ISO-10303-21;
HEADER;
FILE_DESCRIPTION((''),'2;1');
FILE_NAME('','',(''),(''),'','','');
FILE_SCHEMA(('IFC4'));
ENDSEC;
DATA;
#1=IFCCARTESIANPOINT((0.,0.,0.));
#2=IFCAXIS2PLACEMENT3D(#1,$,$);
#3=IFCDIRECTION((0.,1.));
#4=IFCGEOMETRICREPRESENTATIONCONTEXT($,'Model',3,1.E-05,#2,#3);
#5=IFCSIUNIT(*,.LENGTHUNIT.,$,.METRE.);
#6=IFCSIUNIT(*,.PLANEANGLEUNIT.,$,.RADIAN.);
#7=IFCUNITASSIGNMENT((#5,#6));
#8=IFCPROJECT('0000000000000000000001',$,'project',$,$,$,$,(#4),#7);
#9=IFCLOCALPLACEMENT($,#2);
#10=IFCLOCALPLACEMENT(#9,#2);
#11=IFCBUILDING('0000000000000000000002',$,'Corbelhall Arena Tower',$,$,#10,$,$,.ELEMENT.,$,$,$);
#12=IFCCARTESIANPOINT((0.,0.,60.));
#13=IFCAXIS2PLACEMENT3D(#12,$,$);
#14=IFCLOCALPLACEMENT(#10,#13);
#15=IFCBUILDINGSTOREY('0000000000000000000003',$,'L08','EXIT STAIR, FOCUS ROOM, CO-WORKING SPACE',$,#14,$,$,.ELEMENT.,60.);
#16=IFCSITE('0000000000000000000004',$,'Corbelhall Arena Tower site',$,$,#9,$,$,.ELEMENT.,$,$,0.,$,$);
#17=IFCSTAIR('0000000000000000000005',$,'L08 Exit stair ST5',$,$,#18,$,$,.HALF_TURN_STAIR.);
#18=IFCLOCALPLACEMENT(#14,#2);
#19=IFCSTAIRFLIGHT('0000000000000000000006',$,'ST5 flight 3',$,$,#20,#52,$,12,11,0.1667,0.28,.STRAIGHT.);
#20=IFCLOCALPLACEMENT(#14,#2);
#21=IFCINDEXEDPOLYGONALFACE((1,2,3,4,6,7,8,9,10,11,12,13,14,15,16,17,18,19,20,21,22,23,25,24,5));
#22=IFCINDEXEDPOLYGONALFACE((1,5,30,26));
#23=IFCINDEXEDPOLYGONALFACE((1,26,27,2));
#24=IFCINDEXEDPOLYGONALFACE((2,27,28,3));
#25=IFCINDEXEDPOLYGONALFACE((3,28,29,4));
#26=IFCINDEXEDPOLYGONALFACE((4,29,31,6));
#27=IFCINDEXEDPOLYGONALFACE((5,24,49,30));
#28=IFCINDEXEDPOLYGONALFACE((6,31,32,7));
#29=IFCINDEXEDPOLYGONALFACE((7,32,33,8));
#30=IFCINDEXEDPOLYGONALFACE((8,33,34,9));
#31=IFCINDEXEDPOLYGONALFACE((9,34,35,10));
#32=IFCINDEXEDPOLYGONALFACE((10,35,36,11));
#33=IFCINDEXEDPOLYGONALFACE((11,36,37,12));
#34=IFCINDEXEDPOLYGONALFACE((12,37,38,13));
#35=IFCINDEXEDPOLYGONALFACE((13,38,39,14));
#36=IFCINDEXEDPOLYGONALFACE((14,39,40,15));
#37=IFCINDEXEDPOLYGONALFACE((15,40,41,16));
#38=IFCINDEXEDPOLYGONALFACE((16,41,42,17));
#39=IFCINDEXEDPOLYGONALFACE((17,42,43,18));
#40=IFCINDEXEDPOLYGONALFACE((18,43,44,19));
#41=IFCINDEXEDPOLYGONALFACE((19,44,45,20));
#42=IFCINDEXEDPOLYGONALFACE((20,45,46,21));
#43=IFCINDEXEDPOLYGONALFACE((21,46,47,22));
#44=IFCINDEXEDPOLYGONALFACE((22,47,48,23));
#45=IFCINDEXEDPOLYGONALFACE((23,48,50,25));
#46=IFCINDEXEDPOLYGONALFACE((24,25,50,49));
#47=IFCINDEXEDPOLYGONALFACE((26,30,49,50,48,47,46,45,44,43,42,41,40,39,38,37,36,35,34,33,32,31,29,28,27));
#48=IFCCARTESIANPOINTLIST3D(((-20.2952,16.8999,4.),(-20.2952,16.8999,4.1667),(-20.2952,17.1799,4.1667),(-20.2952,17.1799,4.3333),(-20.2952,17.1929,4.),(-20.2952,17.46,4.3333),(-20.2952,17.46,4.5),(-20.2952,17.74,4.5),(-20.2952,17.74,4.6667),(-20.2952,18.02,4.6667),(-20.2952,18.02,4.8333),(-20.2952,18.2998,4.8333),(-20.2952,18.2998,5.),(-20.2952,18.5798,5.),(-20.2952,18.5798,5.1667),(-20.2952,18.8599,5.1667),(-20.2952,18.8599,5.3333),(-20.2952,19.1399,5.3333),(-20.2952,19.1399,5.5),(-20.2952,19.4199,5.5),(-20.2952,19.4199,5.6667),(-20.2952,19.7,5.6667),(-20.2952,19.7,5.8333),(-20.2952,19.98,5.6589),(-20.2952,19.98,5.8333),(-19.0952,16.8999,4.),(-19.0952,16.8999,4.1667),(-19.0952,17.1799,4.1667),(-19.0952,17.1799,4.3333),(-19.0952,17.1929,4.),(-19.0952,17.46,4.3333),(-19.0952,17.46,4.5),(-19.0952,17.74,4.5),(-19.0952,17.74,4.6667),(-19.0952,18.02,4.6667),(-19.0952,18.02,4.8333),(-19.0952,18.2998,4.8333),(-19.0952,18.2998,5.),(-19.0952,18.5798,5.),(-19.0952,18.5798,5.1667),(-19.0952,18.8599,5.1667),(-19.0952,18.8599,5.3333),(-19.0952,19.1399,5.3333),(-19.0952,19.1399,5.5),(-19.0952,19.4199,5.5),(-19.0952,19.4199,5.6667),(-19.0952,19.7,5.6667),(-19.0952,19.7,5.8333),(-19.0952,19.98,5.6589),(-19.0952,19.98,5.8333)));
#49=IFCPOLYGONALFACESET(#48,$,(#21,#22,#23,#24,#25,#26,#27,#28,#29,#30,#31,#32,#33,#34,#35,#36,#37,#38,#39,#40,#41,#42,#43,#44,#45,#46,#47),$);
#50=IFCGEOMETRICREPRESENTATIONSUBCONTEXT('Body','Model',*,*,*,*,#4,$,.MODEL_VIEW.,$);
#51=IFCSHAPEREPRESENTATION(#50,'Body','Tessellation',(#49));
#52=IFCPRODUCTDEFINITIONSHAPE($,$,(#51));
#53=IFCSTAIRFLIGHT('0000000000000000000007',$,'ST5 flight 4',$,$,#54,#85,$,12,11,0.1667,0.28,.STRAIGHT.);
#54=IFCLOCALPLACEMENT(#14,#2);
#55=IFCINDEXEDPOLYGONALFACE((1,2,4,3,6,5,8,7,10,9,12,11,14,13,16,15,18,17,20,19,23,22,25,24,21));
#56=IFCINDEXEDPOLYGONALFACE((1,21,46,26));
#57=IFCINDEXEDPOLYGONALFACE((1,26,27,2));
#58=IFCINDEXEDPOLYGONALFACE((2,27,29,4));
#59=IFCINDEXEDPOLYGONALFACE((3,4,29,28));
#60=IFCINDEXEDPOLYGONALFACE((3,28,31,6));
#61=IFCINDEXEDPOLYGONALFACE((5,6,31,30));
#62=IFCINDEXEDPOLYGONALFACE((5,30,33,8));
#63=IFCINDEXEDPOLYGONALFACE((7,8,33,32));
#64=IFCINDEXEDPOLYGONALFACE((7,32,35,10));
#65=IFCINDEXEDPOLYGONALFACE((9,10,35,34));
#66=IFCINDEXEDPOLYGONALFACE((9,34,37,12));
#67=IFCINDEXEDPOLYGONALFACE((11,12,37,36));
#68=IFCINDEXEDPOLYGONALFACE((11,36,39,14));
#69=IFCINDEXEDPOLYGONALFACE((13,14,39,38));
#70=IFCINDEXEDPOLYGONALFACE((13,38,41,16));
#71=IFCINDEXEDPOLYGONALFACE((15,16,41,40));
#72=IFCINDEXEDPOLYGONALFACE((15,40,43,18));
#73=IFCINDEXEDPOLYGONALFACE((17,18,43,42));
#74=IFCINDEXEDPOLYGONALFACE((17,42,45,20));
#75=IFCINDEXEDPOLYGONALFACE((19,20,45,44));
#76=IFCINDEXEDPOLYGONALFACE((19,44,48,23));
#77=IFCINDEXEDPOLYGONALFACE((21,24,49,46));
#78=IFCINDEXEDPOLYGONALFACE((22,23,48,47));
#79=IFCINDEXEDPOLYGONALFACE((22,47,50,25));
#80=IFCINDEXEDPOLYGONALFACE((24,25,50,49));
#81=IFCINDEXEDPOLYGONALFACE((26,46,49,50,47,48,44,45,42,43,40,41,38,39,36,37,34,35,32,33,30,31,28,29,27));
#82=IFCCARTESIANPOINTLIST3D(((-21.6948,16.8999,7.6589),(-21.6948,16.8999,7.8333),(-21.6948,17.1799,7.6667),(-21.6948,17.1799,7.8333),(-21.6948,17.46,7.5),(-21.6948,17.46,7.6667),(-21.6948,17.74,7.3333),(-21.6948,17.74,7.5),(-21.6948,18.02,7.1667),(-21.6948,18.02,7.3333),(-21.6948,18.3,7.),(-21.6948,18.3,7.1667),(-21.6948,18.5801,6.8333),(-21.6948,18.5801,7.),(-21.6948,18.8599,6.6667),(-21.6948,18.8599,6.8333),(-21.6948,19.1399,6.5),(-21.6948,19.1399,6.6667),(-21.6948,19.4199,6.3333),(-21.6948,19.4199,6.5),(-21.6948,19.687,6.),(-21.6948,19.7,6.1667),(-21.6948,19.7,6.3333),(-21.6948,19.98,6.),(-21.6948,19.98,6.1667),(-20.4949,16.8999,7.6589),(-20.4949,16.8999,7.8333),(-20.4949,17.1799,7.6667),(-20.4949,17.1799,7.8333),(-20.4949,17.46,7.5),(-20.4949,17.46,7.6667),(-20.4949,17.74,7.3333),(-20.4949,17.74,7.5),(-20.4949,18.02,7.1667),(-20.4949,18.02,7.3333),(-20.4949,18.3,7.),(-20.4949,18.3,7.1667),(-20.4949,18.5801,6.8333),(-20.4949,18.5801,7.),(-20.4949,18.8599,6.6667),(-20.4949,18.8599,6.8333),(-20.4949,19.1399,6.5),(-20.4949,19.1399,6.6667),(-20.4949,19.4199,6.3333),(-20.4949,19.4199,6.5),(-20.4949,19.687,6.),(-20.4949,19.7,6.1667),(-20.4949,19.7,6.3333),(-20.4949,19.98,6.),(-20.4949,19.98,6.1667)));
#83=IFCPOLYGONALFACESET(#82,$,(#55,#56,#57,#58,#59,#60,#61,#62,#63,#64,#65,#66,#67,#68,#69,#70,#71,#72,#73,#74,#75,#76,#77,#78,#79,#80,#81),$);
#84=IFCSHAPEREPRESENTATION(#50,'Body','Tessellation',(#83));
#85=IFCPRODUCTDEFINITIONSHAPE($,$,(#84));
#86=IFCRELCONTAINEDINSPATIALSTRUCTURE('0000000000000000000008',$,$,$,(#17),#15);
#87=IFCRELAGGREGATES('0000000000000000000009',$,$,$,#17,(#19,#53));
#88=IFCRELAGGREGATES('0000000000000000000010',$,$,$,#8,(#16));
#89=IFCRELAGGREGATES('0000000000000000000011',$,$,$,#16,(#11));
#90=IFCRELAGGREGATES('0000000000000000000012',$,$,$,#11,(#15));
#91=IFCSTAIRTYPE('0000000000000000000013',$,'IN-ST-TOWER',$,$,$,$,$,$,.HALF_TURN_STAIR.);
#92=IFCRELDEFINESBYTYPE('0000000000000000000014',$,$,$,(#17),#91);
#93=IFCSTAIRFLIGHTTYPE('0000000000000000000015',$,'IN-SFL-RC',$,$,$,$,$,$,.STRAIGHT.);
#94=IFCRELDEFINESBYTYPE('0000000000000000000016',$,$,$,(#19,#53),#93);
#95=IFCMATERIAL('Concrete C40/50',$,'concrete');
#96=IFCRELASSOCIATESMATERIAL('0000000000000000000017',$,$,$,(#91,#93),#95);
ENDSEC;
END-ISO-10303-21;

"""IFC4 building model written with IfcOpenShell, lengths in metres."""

from ifc_helpers import new_model, si_unit, direction, frame, origin, place, context, subcontext, project, spatial, polyline, outline, extrude, material, type_object, element, aggregate, save


model = new_model("IFC4")

# Units and contexts
model_context = context("Model", 3, precision=1e-05, world=origin(), true_north=direction((0.0, 1.0)))
body_context = subcontext(model_context, "Body", "Model", "MODEL_VIEW")
ifc_project = project(units=[si_unit("LENGTHUNIT", "METRE"), si_unit("PLANEANGLEUNIT", "RADIAN")], contexts=[model_context])

# Site, building, storey
site_placement = place(None, origin())
site = spatial("IfcSite", under=ifc_project, at=site_placement, Name="Corbelhall Arena Tower site", CompositionType="ELEMENT", RefElevation=0.0)
building_placement = place(site_placement, origin())
building = spatial("IfcBuilding", under=site, at=building_placement, Name="Corbelhall Arena Tower", CompositionType="ELEMENT")
storey_placement = place(building_placement, frame((0.0, 0.0, 60.0)))
storey = spatial("IfcBuildingStorey", under=building, at=storey_placement, Name="L08", Description="EXIT STAIR, FOCUS ROOM, CO-WORKING SPACE", CompositionType="ELEMENT", Elevation=60.0)

# Shared definitions
ifc_material_1 = material(Name="Concrete C40/50", Category="concrete")

# Stair, stair flights
stair_type = type_object("IfcStairType", Name="IN-ST-TOWER", PredefinedType="HALF_TURN_STAIR", material=ifc_material_1)
stair_flight_type = type_object("IfcStairFlightType", Name="IN-SFL-RC", PredefinedType="STRAIGHT", material=ifc_material_1)
stair_1_placement = place(storey_placement, origin())
stair_1 = element("IfcStair", 1, at=stair_1_placement, inside=storey, type_object=stair_type, Name="L08 Exit stair ST5", PredefinedType="HALF_TURN_STAIR")
stair_flight_1_placement = place(storey_placement, frame((-19.6951, 16.8999, 4.0), z_axis=(0.0, 0.0, 1.0), x_axis=(0.0, 1.0, 0.0)))
stair_flight_1 = element("IfcStairFlight", 2, at=stair_flight_1_placement, type_object=stair_flight_type, Name="ST5 flight 3", NumberOfRisers=12, NumberOfTreads=11, PredefinedType="STRAIGHT", RiserHeight=0.1667, TreadLength=0.28, context=body_context, shape_type="SweptSolid", body=[
    extrude(outline(polyline([(0.0, 0.0), (0.0, 0.1667), (0.28, 0.1667), (0.28, 0.3333), (0.5601, 0.3333), (0.5601, 0.5), (0.8401, 0.5), (0.8401, 0.6667), (1.1201, 0.6667), (1.1201, 0.8333), (1.3999, 0.8333), (1.3999, 1.0), (1.6799, 1.0), (1.6799, 1.1667), (1.96, 1.1667), (1.96, 1.3333), (2.24, 1.3333), (2.24, 1.5), (2.52, 1.5), (2.52, 1.6667), (2.8, 1.6667), (2.8, 1.8333), (3.0801, 1.8333), (3.0801, 2.0), (3.0801, 1.6589), (0.293, 0.0), (0.0, 0.0)])), frame((0.0, 0.6001, 0.0), z_axis=(0.0, -1.0, 0.0), x_axis=(1.0, 0.0, 0.0)), (0.0, 0.0, 1.0), 1.2),
])
stair_flight_2_placement = place(storey_placement, frame((-21.095, 19.98, 6.0), z_axis=(0.0, 0.0, 1.0), x_axis=(0.0, -1.0, 0.0)))
stair_flight_2 = element("IfcStairFlight", 3, at=stair_flight_2_placement, type_object=stair_flight_type, Name="ST5 flight 4", NumberOfRisers=12, NumberOfTreads=11, PredefinedType="STRAIGHT", RiserHeight=0.1667, TreadLength=0.28, context=body_context, shape_type="SweptSolid", body=[
    extrude(outline(polyline([(0.0, 0.0), (0.0, 0.1667), (0.28, 0.1667), (0.28, 0.3333), (0.5601, 0.3333), (0.5601, 0.5), (0.8401, 0.5), (0.8401, 0.6667), (1.1201, 0.6667), (1.1201, 0.8333), (1.3999, 0.8333), (1.3999, 1.0), (1.6799, 1.0), (1.6799, 1.1667), (1.96, 1.1667), (1.96, 1.3333), (2.24, 1.3333), (2.24, 1.5), (2.52, 1.5), (2.52, 1.6667), (2.8, 1.6667), (2.8, 1.8333), (3.0801, 1.8333), (3.0801, 2.0), (3.0801, 1.6589), (0.293, 0.0), (0.0, 0.0)])), frame((0.0, 0.6001, 0.0), z_axis=(0.0, -1.0, 0.0), x_axis=(1.0, 0.0, 0.0)), (0.0, 0.0, 1.0), 1.2),
])
aggregate(stair_1, [stair_flight_1, stair_flight_2])

save(model, "model.ifc")
